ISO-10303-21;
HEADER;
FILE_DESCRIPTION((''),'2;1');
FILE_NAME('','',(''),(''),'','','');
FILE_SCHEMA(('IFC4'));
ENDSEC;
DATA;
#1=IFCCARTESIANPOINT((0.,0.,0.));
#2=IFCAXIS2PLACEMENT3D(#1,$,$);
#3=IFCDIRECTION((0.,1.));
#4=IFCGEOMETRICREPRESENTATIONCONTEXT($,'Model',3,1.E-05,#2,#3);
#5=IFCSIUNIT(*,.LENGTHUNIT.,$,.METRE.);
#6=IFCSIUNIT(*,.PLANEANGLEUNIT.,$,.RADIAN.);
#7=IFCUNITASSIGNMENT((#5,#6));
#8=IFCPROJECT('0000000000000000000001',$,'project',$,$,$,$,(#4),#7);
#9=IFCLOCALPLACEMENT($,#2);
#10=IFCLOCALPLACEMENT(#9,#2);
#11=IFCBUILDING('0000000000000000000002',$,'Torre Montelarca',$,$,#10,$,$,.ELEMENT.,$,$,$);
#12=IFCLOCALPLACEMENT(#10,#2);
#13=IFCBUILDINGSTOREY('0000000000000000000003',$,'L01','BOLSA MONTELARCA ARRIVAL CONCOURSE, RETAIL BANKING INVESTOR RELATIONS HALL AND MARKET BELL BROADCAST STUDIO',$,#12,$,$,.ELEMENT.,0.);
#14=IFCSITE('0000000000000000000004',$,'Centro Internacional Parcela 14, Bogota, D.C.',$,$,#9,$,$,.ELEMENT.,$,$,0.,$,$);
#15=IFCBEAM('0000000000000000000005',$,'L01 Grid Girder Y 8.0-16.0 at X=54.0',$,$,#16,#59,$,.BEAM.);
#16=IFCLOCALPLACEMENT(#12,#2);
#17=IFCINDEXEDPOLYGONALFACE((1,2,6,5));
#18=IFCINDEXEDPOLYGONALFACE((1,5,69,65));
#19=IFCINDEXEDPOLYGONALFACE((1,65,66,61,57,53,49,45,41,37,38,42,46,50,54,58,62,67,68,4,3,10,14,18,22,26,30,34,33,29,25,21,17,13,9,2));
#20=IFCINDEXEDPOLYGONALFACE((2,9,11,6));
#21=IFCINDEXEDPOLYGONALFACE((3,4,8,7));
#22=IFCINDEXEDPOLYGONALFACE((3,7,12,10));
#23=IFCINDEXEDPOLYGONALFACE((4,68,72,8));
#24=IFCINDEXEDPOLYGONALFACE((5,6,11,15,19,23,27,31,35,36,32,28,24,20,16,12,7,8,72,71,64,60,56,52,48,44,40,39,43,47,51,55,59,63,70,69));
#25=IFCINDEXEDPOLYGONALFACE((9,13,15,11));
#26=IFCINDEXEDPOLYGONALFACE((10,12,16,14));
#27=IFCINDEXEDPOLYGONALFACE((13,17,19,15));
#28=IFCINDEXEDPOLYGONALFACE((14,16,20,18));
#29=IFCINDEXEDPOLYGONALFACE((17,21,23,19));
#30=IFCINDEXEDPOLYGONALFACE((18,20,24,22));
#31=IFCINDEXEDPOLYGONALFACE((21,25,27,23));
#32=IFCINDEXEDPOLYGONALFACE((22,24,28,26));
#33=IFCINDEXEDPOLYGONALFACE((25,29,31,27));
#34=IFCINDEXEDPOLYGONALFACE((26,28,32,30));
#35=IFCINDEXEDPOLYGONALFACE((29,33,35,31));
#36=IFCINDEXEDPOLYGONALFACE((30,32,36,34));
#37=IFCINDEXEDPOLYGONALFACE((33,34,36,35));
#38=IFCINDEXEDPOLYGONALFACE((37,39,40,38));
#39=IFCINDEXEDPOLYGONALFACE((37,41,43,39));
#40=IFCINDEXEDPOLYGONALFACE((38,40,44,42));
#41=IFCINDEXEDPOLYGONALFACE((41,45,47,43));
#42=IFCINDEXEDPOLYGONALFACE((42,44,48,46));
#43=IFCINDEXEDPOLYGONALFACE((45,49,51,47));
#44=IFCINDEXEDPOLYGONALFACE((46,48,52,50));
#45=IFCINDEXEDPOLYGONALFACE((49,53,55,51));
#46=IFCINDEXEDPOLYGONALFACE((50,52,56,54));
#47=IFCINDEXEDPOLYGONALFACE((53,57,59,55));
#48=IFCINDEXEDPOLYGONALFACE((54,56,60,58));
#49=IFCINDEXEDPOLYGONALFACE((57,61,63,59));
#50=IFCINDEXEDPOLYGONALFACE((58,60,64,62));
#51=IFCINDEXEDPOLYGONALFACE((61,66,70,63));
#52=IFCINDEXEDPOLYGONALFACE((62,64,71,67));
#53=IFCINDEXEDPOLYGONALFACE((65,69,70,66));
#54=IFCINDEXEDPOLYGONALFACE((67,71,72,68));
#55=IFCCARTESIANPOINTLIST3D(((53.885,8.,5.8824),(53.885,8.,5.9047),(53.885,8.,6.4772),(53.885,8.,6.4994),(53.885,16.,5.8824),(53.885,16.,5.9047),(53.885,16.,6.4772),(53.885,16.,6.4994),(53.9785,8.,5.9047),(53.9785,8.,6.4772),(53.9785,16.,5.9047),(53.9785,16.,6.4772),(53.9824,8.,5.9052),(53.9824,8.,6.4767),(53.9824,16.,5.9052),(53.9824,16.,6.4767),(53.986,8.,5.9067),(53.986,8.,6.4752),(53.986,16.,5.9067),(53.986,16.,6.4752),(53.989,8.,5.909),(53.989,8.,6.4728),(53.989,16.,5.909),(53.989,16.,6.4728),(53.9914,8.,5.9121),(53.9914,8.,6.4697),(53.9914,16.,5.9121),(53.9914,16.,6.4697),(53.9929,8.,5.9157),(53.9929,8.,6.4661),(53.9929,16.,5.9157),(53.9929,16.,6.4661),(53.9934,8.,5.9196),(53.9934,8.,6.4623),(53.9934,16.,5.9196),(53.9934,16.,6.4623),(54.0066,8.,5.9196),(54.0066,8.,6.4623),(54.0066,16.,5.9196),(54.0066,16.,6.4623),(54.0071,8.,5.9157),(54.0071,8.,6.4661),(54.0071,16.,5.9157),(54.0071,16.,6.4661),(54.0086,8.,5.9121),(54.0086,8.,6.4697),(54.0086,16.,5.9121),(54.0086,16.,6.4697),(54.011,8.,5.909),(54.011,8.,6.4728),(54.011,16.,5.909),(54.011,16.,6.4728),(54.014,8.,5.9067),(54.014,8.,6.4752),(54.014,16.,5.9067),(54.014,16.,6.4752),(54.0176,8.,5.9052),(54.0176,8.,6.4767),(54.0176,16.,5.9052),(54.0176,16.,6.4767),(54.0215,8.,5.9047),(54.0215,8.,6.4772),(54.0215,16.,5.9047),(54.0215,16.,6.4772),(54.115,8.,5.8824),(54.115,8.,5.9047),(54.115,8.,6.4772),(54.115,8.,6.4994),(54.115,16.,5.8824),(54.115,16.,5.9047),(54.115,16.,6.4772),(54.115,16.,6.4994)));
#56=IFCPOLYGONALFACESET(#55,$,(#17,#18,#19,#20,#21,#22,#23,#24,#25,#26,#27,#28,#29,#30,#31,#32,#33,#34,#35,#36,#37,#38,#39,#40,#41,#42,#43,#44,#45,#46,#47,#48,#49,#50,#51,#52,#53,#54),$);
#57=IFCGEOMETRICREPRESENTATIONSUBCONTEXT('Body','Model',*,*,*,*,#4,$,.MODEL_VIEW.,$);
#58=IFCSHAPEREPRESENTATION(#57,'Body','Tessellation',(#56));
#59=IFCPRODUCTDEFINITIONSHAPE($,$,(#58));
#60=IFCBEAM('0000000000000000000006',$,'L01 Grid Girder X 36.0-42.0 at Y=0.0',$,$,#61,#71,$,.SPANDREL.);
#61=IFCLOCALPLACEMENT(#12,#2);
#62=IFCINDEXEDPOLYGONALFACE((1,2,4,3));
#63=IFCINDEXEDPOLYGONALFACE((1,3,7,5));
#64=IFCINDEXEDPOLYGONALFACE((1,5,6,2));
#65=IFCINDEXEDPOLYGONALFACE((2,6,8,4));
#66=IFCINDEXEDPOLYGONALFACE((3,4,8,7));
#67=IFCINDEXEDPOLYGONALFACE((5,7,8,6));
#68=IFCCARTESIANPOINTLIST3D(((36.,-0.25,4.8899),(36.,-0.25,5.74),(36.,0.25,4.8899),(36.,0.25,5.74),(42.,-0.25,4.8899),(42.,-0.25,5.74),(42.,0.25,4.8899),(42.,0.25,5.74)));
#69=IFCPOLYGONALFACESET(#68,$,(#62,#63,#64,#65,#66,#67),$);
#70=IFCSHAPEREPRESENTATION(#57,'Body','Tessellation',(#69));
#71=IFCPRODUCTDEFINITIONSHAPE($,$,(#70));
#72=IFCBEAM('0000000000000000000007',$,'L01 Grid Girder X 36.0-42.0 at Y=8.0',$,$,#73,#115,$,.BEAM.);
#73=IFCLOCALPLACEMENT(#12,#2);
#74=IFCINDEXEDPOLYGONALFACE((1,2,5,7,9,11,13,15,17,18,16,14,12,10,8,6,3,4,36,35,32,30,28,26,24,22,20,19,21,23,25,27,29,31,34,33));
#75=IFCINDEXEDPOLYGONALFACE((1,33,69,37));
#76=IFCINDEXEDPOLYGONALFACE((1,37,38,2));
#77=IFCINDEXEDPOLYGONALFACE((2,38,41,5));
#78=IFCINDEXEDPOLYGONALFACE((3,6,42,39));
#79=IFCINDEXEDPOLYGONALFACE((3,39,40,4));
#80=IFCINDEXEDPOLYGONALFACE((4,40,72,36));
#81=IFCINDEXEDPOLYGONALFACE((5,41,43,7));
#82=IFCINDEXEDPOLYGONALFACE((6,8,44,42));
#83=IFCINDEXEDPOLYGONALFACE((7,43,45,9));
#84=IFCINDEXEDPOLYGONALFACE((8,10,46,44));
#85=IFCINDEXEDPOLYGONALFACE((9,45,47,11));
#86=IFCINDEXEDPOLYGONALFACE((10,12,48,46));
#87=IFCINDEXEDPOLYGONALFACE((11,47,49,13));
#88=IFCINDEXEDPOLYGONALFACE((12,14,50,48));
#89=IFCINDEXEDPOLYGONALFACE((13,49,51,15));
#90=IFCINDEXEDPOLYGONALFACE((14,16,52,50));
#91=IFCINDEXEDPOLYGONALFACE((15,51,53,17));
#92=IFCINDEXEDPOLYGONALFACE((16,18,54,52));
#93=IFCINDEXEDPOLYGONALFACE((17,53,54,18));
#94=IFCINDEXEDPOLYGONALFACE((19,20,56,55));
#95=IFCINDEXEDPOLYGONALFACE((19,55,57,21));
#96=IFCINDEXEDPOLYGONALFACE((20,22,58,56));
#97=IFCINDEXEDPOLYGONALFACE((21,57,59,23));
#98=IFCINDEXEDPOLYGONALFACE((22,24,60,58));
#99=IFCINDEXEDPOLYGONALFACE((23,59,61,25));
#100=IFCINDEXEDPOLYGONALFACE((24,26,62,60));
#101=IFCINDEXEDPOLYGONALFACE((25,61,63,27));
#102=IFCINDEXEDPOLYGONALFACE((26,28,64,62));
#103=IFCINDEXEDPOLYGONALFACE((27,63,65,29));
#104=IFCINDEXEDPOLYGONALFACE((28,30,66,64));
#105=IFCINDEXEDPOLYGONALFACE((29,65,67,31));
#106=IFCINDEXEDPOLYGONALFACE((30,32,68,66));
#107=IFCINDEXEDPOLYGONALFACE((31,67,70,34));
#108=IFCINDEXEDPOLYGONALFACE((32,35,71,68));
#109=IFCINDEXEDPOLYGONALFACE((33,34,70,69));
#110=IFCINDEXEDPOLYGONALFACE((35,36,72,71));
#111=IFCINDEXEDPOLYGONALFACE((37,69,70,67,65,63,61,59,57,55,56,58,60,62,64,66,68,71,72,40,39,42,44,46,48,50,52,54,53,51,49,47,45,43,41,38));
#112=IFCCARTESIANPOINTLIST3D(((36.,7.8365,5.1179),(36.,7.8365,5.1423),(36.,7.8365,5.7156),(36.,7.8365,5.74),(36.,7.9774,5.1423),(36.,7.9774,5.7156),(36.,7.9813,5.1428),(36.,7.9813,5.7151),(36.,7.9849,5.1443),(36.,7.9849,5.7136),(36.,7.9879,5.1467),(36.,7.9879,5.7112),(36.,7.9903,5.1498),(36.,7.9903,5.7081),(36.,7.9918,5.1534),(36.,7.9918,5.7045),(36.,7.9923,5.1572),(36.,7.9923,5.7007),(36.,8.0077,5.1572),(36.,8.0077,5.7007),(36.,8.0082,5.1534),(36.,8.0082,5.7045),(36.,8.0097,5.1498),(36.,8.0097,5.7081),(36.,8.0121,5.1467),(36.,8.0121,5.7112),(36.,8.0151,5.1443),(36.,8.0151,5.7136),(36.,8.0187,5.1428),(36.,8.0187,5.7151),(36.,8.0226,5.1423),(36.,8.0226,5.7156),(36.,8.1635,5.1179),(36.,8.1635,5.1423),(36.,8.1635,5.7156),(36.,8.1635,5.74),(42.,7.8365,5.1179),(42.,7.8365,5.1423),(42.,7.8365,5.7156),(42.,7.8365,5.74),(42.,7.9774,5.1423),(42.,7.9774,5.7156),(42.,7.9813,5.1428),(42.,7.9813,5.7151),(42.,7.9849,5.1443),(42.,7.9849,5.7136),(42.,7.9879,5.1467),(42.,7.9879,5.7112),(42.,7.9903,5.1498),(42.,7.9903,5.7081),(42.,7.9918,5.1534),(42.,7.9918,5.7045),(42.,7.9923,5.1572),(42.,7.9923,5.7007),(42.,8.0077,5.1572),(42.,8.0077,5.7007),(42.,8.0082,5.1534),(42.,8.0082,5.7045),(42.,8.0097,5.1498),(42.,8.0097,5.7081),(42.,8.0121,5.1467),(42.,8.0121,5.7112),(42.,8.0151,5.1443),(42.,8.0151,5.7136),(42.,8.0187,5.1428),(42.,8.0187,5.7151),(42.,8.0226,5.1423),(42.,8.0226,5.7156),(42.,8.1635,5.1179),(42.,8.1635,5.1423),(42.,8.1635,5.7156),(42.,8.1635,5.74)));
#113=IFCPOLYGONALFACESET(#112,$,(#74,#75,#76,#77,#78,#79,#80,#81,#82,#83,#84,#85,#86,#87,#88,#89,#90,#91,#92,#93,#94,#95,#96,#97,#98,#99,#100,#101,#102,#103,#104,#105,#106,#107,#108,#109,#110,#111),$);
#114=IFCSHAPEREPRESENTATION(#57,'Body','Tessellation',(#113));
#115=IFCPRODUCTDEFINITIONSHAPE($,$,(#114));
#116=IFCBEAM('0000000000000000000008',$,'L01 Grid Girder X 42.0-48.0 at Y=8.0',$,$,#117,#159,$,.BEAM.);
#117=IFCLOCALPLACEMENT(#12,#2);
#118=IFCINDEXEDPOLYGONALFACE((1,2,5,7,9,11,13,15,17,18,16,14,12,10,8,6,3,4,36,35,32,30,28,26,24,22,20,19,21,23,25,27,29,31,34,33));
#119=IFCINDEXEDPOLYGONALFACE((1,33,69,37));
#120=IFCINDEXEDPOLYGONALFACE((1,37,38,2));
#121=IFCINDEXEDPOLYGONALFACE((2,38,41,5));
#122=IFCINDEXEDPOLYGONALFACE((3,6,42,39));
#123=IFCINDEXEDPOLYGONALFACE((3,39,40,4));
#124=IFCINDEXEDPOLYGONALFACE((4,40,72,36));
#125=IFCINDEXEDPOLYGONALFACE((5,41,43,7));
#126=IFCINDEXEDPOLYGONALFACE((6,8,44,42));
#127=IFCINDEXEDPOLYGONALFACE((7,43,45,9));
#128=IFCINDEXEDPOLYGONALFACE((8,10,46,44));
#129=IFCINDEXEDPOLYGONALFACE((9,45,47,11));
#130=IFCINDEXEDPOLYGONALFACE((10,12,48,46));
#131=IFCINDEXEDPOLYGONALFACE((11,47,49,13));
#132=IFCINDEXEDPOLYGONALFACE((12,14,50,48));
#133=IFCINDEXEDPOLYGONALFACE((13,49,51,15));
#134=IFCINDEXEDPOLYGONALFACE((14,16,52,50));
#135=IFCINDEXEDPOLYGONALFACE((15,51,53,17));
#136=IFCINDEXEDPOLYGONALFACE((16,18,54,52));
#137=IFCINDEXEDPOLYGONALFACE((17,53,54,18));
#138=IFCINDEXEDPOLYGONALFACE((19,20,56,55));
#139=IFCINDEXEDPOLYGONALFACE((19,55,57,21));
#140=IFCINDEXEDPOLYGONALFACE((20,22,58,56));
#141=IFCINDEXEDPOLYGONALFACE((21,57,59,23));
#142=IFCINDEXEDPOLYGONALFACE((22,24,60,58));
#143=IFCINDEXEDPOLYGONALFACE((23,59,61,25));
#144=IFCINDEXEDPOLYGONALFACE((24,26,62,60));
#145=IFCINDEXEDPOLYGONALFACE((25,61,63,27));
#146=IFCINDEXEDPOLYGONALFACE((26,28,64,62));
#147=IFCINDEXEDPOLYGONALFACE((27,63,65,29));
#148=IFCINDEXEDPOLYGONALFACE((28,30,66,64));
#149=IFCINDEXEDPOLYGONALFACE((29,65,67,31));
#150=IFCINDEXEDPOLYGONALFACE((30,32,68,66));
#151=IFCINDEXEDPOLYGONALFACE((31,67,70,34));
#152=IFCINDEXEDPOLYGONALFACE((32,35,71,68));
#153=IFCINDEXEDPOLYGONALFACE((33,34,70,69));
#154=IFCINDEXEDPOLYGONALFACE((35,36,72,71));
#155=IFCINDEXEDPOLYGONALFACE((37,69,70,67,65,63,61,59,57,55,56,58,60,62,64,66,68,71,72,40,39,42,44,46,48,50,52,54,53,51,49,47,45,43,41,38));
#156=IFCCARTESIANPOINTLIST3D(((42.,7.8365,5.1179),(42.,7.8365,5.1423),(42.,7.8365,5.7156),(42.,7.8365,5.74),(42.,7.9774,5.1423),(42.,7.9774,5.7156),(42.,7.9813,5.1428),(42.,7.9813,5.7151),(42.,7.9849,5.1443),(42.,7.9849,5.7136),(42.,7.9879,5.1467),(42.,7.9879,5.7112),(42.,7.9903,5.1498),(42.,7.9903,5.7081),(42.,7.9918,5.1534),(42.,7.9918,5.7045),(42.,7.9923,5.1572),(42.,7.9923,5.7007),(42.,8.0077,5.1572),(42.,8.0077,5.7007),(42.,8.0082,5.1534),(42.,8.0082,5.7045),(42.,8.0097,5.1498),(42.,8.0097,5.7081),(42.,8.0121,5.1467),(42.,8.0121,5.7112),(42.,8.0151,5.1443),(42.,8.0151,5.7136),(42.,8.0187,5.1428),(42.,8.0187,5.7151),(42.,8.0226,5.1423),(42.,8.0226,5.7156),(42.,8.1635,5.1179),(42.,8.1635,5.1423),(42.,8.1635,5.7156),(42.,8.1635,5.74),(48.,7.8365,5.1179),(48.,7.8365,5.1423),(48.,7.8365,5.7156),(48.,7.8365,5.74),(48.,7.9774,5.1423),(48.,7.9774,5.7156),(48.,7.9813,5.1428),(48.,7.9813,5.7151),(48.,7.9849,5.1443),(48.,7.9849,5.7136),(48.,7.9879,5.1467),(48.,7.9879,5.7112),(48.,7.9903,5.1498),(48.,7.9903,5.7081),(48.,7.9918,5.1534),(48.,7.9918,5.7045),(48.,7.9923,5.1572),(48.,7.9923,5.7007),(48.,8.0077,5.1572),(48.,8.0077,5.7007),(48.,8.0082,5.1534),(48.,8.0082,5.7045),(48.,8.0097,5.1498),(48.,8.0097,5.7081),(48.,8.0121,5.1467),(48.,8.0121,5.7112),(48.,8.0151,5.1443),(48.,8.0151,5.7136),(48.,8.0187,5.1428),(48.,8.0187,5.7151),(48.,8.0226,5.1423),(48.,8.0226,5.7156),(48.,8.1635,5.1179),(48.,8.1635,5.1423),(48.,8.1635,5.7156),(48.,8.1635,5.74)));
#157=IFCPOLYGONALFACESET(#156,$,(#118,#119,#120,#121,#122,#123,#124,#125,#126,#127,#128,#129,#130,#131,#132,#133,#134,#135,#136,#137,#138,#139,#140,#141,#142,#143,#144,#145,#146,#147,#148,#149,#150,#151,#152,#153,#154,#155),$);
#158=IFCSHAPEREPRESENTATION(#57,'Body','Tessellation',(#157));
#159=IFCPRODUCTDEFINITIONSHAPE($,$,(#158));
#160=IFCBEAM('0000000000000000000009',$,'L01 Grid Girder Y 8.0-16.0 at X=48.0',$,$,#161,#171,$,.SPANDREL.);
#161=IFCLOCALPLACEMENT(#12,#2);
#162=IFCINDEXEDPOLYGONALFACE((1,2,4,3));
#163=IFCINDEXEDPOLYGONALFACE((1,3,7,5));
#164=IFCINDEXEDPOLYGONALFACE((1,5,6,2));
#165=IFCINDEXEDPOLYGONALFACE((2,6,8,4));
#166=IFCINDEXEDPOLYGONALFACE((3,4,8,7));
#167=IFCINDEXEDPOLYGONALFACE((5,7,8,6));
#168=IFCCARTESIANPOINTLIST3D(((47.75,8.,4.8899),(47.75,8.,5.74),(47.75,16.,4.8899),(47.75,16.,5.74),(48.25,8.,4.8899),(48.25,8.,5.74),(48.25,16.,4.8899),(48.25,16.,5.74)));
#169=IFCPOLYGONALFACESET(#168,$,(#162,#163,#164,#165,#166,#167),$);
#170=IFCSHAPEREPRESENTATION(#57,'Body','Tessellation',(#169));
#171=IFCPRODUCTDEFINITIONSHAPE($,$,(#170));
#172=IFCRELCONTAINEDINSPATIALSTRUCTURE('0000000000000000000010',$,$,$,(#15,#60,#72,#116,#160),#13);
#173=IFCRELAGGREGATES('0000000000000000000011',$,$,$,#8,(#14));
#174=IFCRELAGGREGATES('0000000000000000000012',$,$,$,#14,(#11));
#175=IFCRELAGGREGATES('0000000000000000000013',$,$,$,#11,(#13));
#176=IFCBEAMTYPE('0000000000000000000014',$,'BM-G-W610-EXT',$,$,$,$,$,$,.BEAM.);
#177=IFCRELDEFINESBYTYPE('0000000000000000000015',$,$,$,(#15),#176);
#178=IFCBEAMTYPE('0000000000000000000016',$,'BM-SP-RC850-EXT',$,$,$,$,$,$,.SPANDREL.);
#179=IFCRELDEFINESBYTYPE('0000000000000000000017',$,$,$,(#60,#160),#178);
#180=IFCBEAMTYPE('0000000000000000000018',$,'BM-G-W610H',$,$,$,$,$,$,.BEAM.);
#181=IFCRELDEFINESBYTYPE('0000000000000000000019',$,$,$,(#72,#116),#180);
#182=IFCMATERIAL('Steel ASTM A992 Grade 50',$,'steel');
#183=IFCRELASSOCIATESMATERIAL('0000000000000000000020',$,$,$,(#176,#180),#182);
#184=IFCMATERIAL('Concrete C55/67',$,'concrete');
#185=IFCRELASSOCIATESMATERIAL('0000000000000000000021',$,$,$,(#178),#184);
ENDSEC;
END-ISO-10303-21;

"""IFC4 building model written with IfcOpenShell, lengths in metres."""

from ifc_helpers import new_model, si_unit, direction, frame, origin, origin_2d, place, context, subcontext, project, spatial, rectangle, i_section, extrude, source, transform, mapped, material, material_profile, profile_set, type_object, element, save


model = new_model("IFC4")

# Units and contexts
model_context = context("Model", 3, precision=1e-05, world=origin(), true_north=direction((0.0, 1.0)))
body_context = subcontext(model_context, "Body", "Model", "MODEL_VIEW")
ifc_project = project(units=[si_unit("LENGTHUNIT", "METRE"), si_unit("PLANEANGLEUNIT", "RADIAN")], contexts=[model_context])

# Site, building, storey
site_placement = place(None, origin())
site = spatial("IfcSite", under=ifc_project, at=site_placement, Name="Centro Internacional Parcela 14, Bogota, D.C.", CompositionType="ELEMENT", RefElevation=0.0)
building_placement = place(site_placement, origin())
building = spatial("IfcBuilding", under=site, at=building_placement, Name="Torre Montelarca", CompositionType="ELEMENT")
storey_placement = place(building_placement, origin())
storey = spatial("IfcBuildingStorey", under=building, at=storey_placement, Name="L01", Description="BOLSA MONTELARCA ARRIVAL CONCOURSE, RETAIL BANKING INVESTOR RELATIONS HALL AND MARKET BELL BROADCAST STUDIO", CompositionType="ELEMENT", Elevation=0.0)

# Shared definitions
ifc_material_1 = material(Name="Concrete C55/67", Category="concrete")

# Beams
ifc_material_2 = material(Name="Steel ASTM A992 Grade 50", Category="steel")
ifc_material_profile_1 = material_profile(ifc_material_2, i_section(OverallWidth=0.23, OverallDepth=0.6169, WebThickness=0.0132, FlangeThickness=0.0222, FilletRadius=0.0149, at=origin_2d()), Name="W610X140", Category="steel")
ifc_profile_set_1 = profile_set([ifc_material_profile_1], Name="Steel ASTM A992 Grade 50")
beam_type_1 = type_object("IfcBeamType", Name="BM-G-W610-EXT", PredefinedType="BEAM", material=ifc_profile_set_1)
shared_shape_1 = source(origin(), body_context, "Body", "SweptSolid", [
    extrude(i_section(OverallWidth=0.23, OverallDepth=0.6169, WebThickness=0.0132, FlangeThickness=0.0222, FilletRadius=0.0149, at=origin_2d()), origin(), (0.0, 0.0, 1.0), 8.0),
])
beam_1_placement = place(storey_placement, frame((54.0, 8.0, 6.1909), z_axis=(0.0, 1.0, 0.0), x_axis=(-1.0, 0.0, 0.0)))
element("IfcBeam", 1, at=beam_1_placement, inside=storey, type_object=beam_type_1, Name="L01 Grid Girder Y 8.0-16.0 at X=54.0", PredefinedType="BEAM", context=body_context, shape_type="MappedRepresentation", body=[
    mapped(shared_shape_1, transform((0.0, 0.0, 0.0), scale=1.0)),
])
ifc_material_profile_2 = material_profile(ifc_material_1, rectangle(XDim=0.5, YDim=0.8501, at=origin_2d()), Name="RCB500X850", Category="concrete")
ifc_profile_set_2 = profile_set([ifc_material_profile_2], Name="Concrete C55/67")
beam_type_2 = type_object("IfcBeamType", Name="BM-SP-RC850-EXT", PredefinedType="SPANDREL", material=ifc_profile_set_2)
shared_shape_2 = source(origin(), body_context, "Body", "SweptSolid", [
    extrude(rectangle(XDim=0.5, YDim=0.8501, at=origin_2d()), origin(), (0.0, 0.0, 1.0), 6.0),
])
beam_2_placement = place(storey_placement, frame((36.0, 0.0, 5.3149), z_axis=(1.0, 0.0, 0.0), x_axis=(0.0, 1.0, 0.0)))
element("IfcBeam", 2, at=beam_2_placement, inside=storey, type_object=beam_type_2, Name="L01 Grid Girder X 36.0-42.0 at Y=0.0", PredefinedType="SPANDREL", context=body_context, shape_type="MappedRepresentation", body=[
    mapped(shared_shape_2, transform((0.0, 0.0, 0.0), scale=1.0)),
])
ifc_material_profile_3 = material_profile(ifc_material_2, i_section(OverallWidth=0.3269, OverallDepth=0.6221, WebThickness=0.0154, FlangeThickness=0.0244, FilletRadius=0.0149, at=origin_2d()), Name="W610X195", Category="steel")
ifc_profile_set_3 = profile_set([ifc_material_profile_3], Name="Steel ASTM A992 Grade 50")
beam_type_3 = type_object("IfcBeamType", Name="BM-G-W610H", PredefinedType="BEAM", material=ifc_profile_set_3)
shared_shape_3 = source(origin(), body_context, "Body", "SweptSolid", [
    extrude(i_section(OverallWidth=0.3269, OverallDepth=0.6221, WebThickness=0.0154, FlangeThickness=0.0244, FilletRadius=0.0149, at=origin_2d()), origin(), (0.0, 0.0, 1.0), 6.0),
])
for number, where, z_axis, x_axis, name in (
    (3, (36.0, 8.0, 5.429), (1.0, 0.0, 0.0), (0.0, 1.0, 0.0), "L01 Grid Girder X 36.0-42.0 at Y=8.0"),
    (4, (42.0, 8.0, 5.429), (1.0, 0.0, 0.0), (0.0, 1.0, 0.0), "L01 Grid Girder X 42.0-48.0 at Y=8.0"),
):
    element("IfcBeam", number, at=place(storey_placement, frame(where, z_axis=z_axis, x_axis=x_axis)), inside=storey, type_object=beam_type_3, Name=name, PredefinedType="BEAM", context=body_context, shape_type="MappedRepresentation", body=[
        mapped(shared_shape_3, transform((0.0, 0.0, 0.0), scale=1.0)),
    ])
shared_shape_4 = source(origin(), body_context, "Body", "SweptSolid", [
    extrude(rectangle(XDim=0.5, YDim=0.8501, at=origin_2d()), origin(), (0.0, 0.0, 1.0), 8.0),
])
beam_3_placement = place(storey_placement, frame((48.0, 8.0, 5.3149), z_axis=(0.0, 1.0, 0.0), x_axis=(-1.0, 0.0, 0.0)))
element("IfcBeam", 5, at=beam_3_placement, inside=storey, type_object=beam_type_2, Name="L01 Grid Girder Y 8.0-16.0 at X=48.0", PredefinedType="SPANDREL", context=body_context, shape_type="MappedRepresentation", body=[
    mapped(shared_shape_4, transform((0.0, 0.0, 0.0), scale=1.0)),
])

save(model, "model.ifc")
